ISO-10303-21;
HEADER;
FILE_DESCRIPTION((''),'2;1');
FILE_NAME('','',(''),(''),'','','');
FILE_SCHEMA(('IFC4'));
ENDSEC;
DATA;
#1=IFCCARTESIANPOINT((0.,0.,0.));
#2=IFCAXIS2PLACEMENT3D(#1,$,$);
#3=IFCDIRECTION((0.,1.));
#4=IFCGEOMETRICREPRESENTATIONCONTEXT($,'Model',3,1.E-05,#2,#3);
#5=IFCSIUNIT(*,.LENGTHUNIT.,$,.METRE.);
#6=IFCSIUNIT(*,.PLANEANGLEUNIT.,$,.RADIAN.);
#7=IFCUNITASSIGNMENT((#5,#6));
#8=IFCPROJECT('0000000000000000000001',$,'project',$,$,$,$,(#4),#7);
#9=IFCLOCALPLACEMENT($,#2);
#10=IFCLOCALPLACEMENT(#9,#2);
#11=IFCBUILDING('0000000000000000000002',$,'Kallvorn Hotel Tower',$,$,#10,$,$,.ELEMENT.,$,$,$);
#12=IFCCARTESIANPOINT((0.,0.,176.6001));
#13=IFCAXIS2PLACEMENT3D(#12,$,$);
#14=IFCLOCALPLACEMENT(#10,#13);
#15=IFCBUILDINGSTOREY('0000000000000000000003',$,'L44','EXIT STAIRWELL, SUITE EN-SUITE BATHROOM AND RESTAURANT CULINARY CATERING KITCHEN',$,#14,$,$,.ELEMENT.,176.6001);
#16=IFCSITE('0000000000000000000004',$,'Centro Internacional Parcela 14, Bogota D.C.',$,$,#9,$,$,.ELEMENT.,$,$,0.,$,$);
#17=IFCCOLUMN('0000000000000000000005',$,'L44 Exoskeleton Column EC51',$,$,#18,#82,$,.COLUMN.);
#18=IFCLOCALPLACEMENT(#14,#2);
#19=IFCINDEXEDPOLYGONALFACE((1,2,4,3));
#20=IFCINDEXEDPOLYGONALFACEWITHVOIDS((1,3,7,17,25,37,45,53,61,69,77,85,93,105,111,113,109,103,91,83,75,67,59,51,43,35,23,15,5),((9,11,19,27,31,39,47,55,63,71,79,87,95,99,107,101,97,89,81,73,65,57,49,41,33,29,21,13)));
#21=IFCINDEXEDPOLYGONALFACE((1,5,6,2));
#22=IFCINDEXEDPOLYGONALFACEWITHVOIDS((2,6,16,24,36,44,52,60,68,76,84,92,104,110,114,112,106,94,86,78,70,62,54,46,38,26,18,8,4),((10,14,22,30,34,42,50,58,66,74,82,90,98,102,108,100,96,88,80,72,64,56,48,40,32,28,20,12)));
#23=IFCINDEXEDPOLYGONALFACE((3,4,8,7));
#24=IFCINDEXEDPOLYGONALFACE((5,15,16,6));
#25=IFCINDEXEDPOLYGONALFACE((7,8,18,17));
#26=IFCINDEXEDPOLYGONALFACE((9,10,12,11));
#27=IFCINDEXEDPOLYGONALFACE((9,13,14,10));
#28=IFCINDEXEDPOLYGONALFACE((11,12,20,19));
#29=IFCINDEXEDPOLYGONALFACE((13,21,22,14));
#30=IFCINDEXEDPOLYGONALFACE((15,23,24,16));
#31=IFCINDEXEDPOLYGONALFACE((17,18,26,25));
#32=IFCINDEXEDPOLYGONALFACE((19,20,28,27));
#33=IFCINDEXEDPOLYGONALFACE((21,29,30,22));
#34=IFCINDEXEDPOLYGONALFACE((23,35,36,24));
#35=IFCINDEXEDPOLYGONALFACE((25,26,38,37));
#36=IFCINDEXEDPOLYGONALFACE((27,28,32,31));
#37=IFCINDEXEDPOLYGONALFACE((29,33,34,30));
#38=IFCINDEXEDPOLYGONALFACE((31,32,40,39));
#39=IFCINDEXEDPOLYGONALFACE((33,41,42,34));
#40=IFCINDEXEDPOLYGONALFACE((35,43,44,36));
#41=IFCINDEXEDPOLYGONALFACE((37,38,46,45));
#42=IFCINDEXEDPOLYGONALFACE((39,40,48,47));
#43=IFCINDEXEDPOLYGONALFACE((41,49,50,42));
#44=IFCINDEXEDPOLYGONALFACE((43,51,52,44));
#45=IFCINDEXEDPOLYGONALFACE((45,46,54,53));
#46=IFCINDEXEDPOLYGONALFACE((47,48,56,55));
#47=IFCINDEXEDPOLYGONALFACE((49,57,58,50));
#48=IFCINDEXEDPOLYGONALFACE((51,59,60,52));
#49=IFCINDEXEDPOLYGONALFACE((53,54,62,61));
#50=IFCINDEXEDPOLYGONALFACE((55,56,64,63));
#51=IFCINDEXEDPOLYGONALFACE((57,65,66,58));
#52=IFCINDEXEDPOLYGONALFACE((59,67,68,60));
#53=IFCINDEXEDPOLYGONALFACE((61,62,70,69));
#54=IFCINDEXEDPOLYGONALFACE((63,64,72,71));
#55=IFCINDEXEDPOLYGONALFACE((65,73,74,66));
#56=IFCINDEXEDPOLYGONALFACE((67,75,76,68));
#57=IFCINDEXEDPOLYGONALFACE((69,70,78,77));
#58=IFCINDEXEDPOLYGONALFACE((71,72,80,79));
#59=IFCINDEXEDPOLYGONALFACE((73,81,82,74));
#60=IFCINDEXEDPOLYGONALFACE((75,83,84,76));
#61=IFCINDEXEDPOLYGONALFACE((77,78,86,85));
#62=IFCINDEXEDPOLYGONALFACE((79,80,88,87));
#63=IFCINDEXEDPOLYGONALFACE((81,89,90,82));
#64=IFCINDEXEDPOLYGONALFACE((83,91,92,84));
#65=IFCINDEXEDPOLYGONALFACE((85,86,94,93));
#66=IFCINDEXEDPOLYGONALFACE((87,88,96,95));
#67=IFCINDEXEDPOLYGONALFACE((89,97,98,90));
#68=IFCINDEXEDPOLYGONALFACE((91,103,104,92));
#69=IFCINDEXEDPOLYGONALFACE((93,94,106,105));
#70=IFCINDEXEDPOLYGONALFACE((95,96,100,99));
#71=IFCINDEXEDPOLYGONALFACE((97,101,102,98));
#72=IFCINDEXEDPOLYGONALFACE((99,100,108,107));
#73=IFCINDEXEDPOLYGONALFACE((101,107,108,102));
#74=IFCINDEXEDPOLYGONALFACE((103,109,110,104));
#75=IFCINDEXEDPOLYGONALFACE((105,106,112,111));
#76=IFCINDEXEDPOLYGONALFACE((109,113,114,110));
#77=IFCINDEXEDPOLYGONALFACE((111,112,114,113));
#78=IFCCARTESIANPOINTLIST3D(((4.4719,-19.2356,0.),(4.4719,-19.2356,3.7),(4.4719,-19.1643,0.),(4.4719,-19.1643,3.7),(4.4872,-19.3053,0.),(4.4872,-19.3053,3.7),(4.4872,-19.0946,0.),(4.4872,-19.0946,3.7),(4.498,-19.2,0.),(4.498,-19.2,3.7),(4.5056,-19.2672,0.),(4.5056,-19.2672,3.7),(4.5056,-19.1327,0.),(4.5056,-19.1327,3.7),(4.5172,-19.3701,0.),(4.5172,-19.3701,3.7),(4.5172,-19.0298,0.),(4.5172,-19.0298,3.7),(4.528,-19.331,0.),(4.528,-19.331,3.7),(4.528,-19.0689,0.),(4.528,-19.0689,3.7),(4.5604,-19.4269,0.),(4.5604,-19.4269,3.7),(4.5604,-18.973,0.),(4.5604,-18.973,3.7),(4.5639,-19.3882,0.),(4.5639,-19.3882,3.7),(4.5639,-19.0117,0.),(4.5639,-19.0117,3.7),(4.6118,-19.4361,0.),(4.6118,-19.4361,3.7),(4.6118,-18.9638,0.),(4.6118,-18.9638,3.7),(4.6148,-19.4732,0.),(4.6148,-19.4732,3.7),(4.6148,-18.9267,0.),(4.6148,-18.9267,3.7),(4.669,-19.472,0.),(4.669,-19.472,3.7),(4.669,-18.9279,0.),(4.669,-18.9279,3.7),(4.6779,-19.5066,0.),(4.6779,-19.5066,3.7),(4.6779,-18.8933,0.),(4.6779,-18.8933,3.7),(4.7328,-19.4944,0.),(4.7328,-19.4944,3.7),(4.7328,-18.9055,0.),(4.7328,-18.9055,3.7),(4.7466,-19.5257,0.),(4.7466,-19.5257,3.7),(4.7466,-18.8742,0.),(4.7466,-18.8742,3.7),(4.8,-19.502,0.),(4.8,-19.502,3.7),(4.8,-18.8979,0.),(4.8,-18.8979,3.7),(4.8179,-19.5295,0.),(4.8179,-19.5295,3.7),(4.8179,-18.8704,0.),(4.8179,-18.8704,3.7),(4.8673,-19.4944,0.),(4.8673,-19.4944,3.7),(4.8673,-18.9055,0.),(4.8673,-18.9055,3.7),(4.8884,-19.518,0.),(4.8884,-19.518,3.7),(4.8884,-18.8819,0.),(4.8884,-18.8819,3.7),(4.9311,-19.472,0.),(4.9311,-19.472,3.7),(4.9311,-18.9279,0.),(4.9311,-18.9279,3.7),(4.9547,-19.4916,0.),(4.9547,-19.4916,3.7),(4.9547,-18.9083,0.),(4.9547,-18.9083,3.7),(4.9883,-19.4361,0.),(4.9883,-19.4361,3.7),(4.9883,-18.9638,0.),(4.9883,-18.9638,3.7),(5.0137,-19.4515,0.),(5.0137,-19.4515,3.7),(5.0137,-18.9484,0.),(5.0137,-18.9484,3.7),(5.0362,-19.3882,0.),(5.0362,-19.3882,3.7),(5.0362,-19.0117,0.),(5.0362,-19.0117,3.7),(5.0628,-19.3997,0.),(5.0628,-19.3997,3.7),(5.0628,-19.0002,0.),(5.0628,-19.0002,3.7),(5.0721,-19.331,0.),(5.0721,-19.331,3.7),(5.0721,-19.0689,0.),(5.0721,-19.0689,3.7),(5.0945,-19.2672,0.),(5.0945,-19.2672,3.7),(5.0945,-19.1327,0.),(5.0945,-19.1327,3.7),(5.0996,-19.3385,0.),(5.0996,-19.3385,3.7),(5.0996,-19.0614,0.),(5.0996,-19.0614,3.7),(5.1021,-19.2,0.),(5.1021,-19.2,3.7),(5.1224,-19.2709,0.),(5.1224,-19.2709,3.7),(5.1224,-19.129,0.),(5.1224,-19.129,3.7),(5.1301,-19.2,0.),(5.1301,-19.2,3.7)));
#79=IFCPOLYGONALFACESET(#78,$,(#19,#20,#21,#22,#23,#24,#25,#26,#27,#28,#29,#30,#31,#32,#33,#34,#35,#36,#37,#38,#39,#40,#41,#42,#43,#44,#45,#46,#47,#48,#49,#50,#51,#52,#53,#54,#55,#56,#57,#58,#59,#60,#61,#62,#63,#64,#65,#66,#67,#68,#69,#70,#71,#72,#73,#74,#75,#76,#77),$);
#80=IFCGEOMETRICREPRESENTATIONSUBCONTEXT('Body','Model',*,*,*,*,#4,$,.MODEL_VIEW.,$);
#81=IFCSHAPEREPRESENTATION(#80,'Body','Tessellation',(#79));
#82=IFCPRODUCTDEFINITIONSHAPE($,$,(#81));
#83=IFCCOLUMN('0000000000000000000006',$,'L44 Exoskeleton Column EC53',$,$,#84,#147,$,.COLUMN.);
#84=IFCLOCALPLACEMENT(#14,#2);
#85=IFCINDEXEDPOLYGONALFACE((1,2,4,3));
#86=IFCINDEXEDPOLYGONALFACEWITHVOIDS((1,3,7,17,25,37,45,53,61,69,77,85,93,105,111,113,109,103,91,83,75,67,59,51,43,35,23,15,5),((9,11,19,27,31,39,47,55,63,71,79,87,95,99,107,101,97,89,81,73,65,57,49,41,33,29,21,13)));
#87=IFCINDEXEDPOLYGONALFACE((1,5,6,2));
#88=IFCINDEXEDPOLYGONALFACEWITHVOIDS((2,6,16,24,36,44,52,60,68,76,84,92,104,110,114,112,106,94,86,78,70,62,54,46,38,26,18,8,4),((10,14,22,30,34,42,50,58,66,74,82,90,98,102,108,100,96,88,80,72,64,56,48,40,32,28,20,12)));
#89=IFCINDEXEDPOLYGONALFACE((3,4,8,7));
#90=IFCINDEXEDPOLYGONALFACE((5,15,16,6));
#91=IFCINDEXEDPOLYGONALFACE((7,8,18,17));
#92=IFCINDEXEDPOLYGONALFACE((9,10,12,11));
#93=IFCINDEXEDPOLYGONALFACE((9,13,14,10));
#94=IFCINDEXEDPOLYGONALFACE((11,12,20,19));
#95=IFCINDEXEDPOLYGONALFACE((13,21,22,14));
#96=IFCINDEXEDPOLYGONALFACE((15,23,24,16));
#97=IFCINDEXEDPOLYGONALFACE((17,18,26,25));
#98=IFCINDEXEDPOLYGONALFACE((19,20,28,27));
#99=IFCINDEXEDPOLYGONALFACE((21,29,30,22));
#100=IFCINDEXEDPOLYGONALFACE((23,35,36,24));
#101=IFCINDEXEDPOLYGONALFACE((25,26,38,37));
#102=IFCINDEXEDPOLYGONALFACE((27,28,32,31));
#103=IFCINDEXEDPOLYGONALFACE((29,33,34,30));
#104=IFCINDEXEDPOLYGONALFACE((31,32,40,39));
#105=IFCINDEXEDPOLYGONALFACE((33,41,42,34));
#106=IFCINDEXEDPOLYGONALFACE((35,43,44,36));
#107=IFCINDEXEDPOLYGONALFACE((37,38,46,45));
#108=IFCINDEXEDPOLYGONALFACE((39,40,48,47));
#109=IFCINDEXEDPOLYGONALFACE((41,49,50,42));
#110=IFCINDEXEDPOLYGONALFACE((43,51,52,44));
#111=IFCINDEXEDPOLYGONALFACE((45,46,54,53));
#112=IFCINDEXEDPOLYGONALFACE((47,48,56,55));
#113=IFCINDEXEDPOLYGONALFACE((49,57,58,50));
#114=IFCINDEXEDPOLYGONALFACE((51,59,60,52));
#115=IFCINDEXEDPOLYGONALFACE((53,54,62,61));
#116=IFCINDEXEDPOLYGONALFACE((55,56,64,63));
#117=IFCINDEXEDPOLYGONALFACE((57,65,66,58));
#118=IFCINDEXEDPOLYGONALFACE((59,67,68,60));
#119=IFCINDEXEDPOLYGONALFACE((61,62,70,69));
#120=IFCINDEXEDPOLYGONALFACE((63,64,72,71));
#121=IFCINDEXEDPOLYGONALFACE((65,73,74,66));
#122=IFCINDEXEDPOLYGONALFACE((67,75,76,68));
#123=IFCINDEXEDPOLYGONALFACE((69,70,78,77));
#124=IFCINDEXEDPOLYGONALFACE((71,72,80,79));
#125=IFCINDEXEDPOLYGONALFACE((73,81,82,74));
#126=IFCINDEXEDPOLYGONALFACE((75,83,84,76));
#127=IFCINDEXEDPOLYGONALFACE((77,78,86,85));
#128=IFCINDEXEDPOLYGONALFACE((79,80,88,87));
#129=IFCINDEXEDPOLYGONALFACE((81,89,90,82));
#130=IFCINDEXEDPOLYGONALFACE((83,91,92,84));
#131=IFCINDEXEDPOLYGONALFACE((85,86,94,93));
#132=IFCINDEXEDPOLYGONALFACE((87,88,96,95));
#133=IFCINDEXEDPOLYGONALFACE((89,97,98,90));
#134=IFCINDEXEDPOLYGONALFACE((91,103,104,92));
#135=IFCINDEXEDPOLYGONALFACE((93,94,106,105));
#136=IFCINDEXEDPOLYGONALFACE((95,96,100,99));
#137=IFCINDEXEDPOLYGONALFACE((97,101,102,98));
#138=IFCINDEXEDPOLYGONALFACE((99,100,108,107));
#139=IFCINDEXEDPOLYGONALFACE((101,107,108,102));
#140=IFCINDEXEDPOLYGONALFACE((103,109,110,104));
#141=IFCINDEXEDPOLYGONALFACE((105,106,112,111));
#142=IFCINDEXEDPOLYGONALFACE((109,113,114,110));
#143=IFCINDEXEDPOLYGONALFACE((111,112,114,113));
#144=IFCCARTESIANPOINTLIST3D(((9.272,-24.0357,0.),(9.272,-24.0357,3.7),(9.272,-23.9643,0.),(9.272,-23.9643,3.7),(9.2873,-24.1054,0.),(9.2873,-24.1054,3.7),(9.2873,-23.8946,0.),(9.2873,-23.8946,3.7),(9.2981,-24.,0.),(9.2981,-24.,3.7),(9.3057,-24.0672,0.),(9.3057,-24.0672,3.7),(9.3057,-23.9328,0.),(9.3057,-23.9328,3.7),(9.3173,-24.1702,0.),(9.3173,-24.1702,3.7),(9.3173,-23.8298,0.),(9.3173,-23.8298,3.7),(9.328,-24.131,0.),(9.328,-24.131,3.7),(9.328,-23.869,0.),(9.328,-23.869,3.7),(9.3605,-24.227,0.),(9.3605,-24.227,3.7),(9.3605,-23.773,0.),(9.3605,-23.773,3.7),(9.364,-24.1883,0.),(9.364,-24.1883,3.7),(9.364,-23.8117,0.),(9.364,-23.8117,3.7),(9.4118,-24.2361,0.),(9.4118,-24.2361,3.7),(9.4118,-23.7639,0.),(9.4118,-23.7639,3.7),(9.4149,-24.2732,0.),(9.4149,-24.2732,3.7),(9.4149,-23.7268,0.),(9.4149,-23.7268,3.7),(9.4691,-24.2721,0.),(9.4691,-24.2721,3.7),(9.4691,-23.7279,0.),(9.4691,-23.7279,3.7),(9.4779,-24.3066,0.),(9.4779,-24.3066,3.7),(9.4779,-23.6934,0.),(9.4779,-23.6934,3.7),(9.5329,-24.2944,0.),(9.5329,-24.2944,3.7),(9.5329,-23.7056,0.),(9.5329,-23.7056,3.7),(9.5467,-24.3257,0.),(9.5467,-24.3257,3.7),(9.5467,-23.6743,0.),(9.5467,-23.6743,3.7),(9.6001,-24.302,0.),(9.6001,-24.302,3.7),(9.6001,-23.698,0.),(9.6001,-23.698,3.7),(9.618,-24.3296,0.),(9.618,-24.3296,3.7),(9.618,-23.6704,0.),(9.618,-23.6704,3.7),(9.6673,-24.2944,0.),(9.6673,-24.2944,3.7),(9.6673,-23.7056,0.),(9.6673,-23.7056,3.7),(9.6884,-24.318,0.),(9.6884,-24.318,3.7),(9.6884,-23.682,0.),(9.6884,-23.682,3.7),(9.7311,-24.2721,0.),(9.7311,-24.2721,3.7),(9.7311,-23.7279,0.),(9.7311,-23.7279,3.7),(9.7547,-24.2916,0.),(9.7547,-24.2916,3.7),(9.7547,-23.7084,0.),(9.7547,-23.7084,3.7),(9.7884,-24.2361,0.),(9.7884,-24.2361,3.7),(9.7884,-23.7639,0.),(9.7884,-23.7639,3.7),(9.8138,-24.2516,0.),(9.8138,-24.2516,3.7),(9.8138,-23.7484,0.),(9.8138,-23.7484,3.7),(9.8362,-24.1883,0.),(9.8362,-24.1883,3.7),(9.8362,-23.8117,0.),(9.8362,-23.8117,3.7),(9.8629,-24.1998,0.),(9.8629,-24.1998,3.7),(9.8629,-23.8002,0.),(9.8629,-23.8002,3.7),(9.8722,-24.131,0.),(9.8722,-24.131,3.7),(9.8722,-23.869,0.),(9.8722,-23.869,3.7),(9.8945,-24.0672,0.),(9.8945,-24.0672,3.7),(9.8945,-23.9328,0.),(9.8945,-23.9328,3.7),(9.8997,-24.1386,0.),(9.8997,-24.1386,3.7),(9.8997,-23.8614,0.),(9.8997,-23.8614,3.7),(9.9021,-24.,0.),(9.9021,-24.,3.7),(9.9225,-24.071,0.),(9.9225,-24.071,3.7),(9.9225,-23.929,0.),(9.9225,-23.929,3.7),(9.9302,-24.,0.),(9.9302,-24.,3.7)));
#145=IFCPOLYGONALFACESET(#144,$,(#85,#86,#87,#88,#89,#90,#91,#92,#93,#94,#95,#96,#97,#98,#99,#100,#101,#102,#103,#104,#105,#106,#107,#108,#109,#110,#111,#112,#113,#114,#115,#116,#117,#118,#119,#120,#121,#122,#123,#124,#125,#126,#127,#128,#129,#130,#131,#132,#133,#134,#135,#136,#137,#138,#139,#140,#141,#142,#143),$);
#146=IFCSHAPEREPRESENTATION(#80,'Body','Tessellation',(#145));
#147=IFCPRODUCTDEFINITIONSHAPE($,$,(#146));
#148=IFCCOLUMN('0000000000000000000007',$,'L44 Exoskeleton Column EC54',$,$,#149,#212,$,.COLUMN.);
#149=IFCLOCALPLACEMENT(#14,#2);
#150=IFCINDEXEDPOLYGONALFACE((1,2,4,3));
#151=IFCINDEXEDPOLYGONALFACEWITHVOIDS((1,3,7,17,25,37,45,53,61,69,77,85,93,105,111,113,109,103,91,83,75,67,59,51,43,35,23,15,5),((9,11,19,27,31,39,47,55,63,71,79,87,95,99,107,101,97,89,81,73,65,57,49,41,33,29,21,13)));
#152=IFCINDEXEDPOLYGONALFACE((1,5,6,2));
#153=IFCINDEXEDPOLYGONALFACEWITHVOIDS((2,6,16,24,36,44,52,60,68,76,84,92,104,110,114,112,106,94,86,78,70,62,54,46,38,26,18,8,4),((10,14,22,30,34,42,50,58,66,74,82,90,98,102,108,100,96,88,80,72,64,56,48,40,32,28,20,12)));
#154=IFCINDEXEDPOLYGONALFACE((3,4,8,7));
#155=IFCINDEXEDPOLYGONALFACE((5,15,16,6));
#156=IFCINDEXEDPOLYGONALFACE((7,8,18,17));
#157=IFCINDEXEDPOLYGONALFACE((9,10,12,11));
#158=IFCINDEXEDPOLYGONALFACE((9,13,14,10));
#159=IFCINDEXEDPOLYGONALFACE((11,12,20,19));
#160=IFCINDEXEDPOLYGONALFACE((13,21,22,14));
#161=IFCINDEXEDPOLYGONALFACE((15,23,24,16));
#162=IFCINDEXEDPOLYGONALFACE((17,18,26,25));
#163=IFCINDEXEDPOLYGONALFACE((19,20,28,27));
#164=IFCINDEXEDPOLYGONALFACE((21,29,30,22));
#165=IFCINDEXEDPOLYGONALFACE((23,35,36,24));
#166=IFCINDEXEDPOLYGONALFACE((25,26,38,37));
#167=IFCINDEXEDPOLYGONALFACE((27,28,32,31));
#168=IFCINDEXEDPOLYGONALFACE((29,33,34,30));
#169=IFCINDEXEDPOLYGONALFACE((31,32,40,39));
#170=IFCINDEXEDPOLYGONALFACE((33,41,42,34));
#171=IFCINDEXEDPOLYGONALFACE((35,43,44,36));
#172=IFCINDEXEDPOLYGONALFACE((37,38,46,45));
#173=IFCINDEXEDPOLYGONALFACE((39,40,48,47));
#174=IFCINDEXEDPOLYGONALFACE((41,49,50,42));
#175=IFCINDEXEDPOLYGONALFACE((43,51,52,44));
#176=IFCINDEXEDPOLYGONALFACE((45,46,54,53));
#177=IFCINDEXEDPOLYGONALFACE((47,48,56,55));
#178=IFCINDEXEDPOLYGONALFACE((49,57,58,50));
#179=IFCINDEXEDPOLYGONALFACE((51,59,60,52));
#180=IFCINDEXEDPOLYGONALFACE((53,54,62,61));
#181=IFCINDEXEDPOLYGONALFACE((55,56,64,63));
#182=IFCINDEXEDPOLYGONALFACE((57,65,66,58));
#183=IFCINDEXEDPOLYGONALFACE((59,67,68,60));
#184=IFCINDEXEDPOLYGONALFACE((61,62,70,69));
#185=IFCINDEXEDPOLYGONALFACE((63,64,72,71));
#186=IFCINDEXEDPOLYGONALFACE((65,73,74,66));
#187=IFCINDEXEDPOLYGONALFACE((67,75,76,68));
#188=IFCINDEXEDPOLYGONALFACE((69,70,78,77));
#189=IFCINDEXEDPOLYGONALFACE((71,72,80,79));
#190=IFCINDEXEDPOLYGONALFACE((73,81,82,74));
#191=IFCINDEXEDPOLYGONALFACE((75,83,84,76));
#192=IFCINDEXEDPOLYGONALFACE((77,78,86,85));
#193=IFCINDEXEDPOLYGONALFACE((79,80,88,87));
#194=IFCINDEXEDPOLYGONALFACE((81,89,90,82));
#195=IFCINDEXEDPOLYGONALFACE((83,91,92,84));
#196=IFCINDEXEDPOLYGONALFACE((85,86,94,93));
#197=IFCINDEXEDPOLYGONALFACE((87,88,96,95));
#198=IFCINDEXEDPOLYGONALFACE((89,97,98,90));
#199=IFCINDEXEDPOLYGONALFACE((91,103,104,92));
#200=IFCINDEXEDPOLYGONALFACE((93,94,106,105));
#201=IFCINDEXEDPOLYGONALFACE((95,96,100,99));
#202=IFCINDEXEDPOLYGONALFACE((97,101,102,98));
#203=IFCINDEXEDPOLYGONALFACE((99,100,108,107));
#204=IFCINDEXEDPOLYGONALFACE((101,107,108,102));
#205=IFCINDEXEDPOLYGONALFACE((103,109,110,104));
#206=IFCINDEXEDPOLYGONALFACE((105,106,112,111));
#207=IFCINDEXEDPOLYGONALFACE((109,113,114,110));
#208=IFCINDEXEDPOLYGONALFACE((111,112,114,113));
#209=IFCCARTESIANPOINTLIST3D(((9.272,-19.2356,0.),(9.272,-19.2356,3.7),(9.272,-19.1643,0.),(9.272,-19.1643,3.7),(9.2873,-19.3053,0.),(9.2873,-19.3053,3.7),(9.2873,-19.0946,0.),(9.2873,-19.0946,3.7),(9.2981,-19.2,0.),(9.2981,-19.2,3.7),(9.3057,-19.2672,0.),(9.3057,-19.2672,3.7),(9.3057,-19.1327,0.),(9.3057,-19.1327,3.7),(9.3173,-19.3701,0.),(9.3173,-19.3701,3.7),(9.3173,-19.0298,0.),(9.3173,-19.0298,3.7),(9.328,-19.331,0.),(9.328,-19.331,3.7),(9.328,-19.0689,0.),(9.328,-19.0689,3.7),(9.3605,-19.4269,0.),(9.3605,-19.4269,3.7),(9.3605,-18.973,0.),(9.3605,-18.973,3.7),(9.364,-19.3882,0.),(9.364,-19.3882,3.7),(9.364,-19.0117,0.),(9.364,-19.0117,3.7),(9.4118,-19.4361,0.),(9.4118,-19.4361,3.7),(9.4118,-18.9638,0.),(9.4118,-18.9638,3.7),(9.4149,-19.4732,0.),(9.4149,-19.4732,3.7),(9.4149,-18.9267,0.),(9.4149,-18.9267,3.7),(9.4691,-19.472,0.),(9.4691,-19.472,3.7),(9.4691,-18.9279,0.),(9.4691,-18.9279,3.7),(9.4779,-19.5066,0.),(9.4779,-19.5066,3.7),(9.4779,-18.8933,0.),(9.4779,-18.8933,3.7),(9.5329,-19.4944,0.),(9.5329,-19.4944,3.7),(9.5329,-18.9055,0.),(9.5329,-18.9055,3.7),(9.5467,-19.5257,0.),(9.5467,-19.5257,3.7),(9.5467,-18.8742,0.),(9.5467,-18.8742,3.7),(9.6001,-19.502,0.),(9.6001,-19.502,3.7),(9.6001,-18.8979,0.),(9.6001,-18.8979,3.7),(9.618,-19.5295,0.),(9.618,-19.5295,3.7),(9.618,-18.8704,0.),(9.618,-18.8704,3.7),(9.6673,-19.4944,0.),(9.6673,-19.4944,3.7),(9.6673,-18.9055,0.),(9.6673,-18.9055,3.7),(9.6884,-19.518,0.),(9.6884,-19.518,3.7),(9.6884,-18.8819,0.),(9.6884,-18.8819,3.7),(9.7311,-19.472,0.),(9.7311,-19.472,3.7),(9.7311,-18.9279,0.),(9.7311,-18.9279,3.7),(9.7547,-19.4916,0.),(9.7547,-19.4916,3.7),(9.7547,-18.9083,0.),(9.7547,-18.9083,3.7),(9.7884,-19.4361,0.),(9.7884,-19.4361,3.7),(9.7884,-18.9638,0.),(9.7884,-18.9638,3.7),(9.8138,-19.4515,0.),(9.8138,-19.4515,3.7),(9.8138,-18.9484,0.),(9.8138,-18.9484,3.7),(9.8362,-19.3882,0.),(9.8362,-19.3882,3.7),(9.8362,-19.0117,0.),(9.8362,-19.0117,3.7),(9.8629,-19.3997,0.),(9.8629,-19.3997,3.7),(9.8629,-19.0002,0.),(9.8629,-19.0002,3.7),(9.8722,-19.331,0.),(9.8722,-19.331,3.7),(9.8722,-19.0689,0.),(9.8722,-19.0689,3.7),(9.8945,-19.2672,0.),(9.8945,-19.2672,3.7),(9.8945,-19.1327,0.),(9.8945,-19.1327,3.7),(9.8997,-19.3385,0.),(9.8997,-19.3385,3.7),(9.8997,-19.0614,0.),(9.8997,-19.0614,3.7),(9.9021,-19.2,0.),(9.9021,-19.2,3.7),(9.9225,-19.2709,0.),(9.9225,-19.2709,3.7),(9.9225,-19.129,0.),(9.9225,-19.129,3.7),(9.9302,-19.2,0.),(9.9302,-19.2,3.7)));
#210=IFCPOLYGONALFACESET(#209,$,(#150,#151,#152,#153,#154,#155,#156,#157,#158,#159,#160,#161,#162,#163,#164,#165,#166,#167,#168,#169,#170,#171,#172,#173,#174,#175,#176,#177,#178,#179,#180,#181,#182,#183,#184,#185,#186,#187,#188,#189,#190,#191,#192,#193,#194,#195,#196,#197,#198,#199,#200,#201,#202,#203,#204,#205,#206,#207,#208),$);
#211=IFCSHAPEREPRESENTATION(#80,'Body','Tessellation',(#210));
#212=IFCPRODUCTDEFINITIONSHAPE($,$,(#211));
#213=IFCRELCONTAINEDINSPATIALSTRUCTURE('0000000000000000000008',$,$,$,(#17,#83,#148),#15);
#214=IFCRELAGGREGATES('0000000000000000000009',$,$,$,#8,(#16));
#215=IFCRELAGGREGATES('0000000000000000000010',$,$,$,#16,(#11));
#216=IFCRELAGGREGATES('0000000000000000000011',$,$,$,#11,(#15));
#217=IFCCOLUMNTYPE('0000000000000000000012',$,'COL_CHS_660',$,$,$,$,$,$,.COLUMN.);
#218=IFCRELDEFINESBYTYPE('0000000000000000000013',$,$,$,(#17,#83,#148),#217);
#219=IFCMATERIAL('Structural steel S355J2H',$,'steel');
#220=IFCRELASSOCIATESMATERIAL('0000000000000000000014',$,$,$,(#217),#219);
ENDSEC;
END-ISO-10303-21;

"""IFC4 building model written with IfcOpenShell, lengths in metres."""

from ifc_helpers import new_model, si_unit, direction, frame, origin, origin_2d, place, context, subcontext, project, spatial, hollow_circle, extrude, material, material_profile, profile_set, type_object, element, save


model = new_model("IFC4")

# Units and contexts
model_context = context("Model", 3, precision=1e-05, world=origin(), true_north=direction((0.0, 1.0)))
body_context = subcontext(model_context, "Body", "Model", "MODEL_VIEW")
ifc_project = project(units=[si_unit("LENGTHUNIT", "METRE"), si_unit("PLANEANGLEUNIT", "RADIAN")], contexts=[model_context])

# Site, building, storey
site_placement = place(None, origin())
site = spatial("IfcSite", under=ifc_project, at=site_placement, Name="Centro Internacional Parcela 14, Bogota D.C.", CompositionType="ELEMENT", RefElevation=0.0)
building_placement = place(site_placement, origin())
building = spatial("IfcBuilding", under=site, at=building_placement, Name="Kallvorn Hotel Tower", CompositionType="ELEMENT")
storey_placement = place(building_placement, frame((0.0, 0.0, 176.6001)))
storey = spatial("IfcBuildingStorey", under=building, at=storey_placement, Name="L44", Description="EXIT STAIRWELL, SUITE EN-SUITE BATHROOM AND RESTAURANT CULINARY CATERING KITCHEN", CompositionType="ELEMENT", Elevation=176.6001)

# Columns
ifc_material_1 = material(Name="Structural steel S355J2H", Category="steel")
ifc_material_profile_1 = material_profile(ifc_material_1, hollow_circle(Radius=0.3301, WallThickness=0.0281, at=origin_2d()), Name="CHS 660x28")
ifc_profile_set_1 = profile_set([ifc_material_profile_1], Name="Structural steel S355J2H")
column_type_1 = type_object("IfcColumnType", Name="COL_CHS_660", PredefinedType="COLUMN", material=ifc_profile_set_1)
for number, where, z_axis, x_axis, name in (
    (1, (4.8, -19.2, 0.0), (0.0, 0.0, 1.0), (1.0, 0.0, 0.0), "L44 Exoskeleton Column EC51"),
    (2, (9.6001, -24.0, 0.0), (0.0, 0.0, 1.0), (1.0, 0.0, 0.0), "L44 Exoskeleton Column EC53"),
    (3, (9.6001, -19.2, 0.0), (0.0, 0.0, 1.0), (1.0, 0.0, 0.0), "L44 Exoskeleton Column EC54"),
):
    element("IfcColumn", number, at=place(storey_placement, frame(where, z_axis=z_axis, x_axis=x_axis)), inside=storey, type_object=column_type_1, Name=name, PredefinedType="COLUMN", context=body_context, shape_type="SweptSolid", body=[
        extrude(hollow_circle(Radius=0.3301, WallThickness=0.0281, at=origin_2d()), origin(), (0.0, 0.0, 1.0), 3.7),
    ])

save(model, "model.ifc")
